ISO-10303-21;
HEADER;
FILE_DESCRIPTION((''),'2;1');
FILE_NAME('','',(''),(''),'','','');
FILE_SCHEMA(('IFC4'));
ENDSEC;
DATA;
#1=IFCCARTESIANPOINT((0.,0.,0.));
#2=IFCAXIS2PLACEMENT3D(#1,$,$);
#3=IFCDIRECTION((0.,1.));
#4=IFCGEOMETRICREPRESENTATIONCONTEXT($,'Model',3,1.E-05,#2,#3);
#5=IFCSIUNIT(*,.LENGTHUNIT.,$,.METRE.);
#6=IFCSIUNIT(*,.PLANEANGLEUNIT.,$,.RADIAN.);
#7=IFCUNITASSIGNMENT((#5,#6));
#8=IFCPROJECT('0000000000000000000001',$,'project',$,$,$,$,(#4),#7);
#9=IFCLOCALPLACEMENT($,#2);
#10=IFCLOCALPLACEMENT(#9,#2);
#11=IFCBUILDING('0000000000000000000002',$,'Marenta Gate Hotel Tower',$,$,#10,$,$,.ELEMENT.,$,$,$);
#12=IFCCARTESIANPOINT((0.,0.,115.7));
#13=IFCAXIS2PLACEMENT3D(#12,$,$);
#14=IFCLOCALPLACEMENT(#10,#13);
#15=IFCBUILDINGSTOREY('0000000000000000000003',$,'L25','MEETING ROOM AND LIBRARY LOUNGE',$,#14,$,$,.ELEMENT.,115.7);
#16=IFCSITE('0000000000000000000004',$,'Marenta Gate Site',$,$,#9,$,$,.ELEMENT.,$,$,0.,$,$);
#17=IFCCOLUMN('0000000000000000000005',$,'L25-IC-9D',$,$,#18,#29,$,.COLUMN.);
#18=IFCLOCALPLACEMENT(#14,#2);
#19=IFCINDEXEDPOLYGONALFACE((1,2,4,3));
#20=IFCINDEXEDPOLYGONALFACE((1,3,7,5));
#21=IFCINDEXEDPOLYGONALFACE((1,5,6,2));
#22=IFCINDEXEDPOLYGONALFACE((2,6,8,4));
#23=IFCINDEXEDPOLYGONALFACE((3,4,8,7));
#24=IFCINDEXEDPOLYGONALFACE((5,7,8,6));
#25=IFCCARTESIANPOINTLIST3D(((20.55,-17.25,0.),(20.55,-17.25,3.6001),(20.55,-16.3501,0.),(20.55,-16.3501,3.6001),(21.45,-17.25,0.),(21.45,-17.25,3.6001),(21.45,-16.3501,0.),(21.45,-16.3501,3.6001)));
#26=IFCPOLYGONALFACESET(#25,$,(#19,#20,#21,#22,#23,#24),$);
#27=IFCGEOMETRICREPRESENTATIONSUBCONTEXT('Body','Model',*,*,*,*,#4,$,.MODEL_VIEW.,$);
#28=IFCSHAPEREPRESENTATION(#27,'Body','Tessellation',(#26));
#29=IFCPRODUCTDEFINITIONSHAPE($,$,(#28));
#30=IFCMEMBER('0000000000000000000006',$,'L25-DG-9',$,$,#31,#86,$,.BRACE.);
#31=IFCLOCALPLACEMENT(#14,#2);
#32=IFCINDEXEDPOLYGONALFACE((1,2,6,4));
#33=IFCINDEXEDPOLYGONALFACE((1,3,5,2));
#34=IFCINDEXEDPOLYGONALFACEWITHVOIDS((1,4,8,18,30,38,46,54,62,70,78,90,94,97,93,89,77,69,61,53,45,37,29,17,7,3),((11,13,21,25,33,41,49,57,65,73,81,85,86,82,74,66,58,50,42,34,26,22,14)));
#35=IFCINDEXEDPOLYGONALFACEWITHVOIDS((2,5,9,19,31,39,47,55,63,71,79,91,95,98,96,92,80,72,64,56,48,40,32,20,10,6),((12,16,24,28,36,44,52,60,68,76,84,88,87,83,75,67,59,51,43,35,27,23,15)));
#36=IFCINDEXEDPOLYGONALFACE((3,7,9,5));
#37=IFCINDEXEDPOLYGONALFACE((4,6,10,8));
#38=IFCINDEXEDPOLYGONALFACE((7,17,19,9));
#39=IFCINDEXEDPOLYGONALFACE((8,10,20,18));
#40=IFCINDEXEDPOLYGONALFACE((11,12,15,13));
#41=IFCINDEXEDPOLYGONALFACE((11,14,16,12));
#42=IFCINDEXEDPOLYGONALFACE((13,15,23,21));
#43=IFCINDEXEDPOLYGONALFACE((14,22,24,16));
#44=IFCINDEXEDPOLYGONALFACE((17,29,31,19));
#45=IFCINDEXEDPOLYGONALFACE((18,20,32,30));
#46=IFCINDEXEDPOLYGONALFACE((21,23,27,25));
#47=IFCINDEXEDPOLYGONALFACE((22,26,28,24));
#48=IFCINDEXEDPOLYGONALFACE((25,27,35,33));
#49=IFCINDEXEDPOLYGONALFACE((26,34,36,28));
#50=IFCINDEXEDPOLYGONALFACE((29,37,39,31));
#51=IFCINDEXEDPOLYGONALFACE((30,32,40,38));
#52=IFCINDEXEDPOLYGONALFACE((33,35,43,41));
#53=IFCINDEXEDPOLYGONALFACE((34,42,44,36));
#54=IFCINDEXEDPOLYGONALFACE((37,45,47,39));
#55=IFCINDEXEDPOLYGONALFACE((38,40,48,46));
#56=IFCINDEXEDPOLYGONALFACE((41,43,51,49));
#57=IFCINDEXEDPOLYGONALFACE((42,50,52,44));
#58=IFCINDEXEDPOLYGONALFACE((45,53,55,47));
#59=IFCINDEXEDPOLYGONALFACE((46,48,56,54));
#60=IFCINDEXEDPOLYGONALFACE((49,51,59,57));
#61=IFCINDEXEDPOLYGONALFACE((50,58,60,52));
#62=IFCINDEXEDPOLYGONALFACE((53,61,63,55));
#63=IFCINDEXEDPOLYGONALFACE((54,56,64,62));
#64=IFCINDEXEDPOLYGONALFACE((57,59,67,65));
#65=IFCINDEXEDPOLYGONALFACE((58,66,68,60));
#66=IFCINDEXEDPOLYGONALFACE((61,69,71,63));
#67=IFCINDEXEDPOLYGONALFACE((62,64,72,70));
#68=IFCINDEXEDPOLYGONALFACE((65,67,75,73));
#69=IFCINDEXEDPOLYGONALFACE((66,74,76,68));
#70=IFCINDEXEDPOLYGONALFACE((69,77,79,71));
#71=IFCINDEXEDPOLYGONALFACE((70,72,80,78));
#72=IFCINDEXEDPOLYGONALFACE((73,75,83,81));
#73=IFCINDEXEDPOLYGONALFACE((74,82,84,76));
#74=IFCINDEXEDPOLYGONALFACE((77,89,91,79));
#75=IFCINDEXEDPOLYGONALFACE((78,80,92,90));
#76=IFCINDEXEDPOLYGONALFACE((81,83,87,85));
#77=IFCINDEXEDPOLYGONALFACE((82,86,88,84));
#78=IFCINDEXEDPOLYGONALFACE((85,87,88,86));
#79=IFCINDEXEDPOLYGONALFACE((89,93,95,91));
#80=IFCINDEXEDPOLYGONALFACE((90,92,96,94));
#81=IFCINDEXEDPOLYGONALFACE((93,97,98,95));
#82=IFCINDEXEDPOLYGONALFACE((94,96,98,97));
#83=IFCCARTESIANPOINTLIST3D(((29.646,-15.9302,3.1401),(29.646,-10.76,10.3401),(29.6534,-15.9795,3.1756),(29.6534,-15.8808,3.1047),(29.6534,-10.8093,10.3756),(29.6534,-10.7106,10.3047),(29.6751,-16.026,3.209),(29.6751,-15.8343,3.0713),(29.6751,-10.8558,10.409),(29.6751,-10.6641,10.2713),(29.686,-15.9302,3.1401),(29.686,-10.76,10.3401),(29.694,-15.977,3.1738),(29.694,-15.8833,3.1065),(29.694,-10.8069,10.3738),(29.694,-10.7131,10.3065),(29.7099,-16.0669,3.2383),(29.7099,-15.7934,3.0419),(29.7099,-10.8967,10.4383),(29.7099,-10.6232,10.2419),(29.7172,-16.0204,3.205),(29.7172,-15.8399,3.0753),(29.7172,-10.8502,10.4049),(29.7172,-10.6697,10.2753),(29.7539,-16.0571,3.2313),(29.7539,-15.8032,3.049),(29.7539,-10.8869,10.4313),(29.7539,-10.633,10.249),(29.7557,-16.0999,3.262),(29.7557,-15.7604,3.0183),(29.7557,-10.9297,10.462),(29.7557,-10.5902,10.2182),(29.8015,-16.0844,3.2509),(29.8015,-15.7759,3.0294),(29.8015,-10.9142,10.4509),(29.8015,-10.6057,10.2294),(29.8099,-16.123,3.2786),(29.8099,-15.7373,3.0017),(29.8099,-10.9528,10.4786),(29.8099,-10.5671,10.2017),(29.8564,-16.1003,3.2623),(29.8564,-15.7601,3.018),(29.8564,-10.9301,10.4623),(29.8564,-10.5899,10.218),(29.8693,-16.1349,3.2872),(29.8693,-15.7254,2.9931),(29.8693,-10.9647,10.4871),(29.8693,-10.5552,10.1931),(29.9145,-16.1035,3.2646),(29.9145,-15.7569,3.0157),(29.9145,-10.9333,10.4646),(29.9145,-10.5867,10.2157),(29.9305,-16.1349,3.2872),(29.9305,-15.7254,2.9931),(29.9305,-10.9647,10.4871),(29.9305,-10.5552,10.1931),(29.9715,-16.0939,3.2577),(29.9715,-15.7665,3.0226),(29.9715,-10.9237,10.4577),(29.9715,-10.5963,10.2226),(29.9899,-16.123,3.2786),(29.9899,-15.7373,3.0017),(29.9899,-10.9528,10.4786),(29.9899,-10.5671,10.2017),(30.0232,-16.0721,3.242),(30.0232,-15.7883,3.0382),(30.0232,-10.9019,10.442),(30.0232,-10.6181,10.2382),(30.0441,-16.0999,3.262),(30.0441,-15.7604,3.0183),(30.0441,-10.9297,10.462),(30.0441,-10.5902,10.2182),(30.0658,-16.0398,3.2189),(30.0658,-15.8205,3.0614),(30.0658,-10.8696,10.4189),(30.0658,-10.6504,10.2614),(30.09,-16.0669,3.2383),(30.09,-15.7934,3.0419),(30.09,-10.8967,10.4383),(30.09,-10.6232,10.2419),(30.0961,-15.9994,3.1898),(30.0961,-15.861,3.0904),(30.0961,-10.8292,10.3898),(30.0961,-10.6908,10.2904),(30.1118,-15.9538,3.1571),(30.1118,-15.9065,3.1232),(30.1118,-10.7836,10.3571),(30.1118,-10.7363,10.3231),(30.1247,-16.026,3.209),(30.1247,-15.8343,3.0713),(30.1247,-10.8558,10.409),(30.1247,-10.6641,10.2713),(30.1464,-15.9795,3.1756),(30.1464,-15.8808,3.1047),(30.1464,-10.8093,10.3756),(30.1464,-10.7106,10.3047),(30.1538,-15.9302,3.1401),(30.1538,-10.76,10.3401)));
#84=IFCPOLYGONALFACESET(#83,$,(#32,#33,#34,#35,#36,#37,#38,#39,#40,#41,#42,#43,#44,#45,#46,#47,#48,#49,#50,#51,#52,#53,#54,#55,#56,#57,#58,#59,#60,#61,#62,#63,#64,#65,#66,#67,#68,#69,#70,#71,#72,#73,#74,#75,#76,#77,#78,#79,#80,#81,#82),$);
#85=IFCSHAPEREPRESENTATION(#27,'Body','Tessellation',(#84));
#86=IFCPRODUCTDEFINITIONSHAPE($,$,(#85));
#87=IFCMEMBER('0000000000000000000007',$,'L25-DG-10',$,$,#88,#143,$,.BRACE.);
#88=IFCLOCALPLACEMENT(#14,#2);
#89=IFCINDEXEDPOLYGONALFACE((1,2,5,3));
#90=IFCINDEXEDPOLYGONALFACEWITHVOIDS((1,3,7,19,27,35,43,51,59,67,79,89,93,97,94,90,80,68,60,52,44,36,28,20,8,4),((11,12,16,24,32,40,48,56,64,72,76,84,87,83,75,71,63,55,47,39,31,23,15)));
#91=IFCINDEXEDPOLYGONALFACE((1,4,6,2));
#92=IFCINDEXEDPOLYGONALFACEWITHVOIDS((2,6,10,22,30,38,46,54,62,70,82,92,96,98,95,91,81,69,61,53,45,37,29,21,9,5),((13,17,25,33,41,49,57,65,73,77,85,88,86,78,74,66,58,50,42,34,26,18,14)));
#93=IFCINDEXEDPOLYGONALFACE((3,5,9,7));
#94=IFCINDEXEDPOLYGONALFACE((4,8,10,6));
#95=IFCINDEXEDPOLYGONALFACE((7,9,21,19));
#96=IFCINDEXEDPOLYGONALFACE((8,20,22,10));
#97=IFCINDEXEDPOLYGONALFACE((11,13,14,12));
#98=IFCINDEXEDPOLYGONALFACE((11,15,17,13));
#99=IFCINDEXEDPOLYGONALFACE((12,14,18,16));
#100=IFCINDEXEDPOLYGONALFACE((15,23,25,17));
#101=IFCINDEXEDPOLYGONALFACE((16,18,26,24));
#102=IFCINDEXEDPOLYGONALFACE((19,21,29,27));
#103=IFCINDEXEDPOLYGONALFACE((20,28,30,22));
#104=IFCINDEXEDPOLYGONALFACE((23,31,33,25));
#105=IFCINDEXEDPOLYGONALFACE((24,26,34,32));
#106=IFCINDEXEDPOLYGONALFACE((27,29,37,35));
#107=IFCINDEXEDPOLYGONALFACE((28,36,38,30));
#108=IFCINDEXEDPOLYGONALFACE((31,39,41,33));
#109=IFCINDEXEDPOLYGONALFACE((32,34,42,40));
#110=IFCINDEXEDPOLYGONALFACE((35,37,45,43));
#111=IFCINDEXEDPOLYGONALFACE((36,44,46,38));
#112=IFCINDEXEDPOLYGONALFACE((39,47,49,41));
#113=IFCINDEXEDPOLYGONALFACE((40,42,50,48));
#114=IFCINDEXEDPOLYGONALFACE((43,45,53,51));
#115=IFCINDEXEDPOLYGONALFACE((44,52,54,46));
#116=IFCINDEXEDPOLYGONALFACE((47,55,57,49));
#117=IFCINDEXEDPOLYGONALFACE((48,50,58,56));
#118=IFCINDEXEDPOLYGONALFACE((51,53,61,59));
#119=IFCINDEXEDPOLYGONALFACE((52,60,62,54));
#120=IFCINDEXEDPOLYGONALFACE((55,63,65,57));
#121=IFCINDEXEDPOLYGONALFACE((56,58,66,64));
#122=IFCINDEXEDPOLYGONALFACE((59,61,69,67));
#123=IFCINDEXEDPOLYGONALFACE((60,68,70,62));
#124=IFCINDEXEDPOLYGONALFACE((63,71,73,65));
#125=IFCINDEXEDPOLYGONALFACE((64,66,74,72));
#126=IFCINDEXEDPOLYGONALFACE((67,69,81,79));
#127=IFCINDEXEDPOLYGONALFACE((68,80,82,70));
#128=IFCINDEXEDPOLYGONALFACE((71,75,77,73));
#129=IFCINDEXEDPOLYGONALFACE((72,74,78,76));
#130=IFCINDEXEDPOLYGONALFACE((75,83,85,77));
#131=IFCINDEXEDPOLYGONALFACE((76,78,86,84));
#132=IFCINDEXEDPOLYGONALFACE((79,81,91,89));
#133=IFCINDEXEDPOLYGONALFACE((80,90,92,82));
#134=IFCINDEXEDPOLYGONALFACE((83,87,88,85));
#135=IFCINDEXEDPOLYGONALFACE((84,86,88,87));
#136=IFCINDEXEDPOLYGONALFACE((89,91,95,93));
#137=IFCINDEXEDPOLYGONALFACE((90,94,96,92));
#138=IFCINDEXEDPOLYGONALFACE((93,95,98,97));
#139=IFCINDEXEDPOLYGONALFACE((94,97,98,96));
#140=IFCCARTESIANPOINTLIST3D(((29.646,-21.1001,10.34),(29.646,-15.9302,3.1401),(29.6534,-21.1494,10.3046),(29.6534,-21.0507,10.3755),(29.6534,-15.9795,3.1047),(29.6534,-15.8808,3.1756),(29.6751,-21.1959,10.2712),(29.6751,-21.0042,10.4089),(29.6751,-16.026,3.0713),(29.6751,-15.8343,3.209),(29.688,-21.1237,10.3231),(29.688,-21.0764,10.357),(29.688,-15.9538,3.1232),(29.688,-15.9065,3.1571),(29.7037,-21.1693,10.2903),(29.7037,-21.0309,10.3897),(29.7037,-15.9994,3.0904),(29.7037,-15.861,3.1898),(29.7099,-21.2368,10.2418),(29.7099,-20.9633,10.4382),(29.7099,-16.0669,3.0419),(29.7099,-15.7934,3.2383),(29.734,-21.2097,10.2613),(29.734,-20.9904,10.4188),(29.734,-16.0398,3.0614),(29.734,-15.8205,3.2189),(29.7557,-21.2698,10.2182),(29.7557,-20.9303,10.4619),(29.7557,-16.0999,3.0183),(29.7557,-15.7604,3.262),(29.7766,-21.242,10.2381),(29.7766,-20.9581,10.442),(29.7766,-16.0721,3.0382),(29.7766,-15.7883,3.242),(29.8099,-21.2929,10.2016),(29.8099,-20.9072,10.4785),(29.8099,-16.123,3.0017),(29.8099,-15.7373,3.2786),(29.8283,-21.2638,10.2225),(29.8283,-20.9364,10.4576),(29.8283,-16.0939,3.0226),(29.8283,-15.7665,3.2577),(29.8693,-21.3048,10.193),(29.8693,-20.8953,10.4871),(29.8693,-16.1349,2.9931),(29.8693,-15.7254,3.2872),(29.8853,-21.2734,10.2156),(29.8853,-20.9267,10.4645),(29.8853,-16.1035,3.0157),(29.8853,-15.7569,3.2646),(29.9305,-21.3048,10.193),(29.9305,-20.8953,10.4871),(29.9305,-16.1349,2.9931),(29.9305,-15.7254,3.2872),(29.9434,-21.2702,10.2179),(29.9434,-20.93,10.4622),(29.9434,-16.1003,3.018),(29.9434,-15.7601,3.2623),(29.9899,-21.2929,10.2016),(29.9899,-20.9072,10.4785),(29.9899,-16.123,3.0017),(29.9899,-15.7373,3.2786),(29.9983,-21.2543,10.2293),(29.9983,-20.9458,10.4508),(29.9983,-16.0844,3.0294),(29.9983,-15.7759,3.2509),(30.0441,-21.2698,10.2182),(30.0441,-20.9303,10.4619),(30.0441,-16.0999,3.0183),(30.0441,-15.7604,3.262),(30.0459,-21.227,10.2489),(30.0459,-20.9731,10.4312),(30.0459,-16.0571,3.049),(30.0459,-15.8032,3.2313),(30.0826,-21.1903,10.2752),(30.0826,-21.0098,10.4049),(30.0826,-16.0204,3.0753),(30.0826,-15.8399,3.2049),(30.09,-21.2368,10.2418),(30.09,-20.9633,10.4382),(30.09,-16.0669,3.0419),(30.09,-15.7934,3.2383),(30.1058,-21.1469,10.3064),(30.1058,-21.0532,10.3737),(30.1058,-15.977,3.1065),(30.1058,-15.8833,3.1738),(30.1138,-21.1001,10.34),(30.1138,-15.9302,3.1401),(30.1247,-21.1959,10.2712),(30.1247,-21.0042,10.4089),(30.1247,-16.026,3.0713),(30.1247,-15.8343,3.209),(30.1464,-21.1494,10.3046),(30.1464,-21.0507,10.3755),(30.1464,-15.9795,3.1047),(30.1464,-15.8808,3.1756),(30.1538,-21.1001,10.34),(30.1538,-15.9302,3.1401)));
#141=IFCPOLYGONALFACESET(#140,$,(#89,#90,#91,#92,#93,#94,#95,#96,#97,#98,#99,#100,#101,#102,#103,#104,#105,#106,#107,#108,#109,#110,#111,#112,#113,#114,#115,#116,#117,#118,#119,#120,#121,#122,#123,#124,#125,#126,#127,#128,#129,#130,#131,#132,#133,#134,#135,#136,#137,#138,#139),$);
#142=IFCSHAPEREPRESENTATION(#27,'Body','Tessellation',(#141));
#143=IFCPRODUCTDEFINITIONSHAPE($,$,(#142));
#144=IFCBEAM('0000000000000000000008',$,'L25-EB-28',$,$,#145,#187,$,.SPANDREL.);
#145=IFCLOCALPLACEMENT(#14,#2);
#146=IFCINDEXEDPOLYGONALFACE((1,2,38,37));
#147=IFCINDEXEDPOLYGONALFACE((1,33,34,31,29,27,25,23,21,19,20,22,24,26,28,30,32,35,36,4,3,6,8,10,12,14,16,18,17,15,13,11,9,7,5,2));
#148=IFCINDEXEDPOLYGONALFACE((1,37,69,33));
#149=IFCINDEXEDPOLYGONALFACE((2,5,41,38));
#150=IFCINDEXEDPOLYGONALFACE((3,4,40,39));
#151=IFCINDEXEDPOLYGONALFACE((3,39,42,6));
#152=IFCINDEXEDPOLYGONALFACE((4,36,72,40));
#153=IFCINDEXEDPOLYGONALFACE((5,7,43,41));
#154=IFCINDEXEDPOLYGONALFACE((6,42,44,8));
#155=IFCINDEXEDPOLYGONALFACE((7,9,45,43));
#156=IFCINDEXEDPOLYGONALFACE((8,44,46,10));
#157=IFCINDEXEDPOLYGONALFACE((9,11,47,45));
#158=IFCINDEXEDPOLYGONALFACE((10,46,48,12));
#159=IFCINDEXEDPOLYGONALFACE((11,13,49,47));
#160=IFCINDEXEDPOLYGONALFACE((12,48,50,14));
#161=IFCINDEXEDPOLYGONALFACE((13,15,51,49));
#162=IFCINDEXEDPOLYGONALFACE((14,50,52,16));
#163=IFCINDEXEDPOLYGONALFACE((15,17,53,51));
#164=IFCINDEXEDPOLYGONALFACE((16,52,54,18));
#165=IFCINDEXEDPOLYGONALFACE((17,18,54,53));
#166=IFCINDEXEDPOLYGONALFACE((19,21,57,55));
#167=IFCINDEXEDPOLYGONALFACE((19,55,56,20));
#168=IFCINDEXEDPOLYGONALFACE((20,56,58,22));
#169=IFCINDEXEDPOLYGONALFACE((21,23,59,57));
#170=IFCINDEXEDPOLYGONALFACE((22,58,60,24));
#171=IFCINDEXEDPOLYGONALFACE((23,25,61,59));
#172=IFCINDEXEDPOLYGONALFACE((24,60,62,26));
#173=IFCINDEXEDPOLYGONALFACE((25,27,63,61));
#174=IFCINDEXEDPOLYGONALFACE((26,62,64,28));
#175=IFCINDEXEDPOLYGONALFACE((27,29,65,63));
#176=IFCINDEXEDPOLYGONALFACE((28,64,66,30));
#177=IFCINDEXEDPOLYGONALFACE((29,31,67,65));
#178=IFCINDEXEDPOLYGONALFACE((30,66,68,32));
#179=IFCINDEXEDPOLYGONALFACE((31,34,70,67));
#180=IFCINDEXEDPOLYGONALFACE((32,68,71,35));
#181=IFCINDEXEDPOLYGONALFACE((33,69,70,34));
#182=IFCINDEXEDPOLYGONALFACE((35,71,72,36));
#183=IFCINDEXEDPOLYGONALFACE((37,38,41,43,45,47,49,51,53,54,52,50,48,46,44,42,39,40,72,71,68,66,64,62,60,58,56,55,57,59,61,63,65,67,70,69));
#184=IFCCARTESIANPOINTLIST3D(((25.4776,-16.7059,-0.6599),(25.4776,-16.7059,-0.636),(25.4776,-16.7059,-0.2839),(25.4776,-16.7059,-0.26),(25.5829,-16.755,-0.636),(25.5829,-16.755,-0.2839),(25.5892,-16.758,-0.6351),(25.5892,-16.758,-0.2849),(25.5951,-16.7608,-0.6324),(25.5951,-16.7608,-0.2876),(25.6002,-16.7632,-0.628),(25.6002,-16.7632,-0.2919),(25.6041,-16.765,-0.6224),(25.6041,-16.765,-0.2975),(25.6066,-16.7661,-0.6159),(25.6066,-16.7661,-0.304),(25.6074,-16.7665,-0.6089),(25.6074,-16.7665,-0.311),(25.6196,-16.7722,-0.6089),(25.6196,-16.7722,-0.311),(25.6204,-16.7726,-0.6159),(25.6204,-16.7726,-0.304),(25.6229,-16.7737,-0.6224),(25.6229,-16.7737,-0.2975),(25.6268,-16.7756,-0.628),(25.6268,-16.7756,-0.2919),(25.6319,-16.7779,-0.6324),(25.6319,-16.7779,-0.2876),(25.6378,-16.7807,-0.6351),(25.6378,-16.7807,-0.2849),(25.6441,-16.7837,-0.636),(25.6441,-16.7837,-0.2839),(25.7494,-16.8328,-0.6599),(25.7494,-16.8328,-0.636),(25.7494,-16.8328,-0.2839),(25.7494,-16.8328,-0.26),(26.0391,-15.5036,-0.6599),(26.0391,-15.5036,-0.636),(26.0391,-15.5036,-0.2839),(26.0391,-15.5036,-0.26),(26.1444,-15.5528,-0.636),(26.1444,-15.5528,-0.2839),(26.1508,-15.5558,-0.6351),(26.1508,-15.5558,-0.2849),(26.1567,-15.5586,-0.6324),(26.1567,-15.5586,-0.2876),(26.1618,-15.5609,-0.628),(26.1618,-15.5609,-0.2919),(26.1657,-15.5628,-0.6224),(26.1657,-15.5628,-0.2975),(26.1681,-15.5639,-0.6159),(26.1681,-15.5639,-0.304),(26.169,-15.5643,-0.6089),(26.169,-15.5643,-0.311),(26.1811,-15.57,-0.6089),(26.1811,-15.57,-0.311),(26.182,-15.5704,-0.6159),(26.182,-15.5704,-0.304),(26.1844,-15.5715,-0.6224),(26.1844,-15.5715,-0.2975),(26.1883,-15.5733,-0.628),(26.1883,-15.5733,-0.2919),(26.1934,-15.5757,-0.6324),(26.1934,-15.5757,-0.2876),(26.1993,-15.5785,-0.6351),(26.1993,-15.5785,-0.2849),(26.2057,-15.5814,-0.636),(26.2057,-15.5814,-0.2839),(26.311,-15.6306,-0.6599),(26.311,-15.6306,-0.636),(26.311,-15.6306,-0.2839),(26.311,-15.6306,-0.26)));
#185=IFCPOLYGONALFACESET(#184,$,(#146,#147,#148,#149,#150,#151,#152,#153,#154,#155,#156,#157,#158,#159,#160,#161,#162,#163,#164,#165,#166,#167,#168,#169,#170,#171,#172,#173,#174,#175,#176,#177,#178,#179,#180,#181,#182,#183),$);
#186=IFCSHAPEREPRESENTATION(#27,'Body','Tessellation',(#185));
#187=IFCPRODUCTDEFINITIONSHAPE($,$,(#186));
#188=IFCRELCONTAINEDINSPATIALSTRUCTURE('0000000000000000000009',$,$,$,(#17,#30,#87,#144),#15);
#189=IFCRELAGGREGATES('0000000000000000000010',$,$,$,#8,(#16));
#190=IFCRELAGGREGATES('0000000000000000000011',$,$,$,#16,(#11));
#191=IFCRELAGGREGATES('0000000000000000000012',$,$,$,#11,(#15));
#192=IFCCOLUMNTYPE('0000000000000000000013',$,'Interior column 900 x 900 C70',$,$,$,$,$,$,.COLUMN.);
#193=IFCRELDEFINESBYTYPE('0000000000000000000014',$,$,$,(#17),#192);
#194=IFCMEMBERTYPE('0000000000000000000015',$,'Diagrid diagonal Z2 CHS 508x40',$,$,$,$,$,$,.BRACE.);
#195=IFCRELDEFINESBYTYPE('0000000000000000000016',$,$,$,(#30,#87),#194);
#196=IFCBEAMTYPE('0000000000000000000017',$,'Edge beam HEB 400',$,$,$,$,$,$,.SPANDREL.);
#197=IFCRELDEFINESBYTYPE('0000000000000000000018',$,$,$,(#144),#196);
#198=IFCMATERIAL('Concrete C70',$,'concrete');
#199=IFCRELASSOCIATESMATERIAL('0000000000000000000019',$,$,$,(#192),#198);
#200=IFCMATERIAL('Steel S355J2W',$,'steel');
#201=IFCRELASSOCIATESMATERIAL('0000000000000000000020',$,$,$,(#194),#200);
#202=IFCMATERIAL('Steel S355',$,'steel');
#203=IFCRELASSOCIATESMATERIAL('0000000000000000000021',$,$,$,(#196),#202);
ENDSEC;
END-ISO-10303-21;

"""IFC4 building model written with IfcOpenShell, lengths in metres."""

from ifc_helpers import new_model, si_unit, direction, frame, origin, origin_2d, place, context, subcontext, project, spatial, rectangle, hollow_circle, i_section, extrude, material, material_profile, profile_set, type_object, element, save


model = new_model("IFC4")

# Units and contexts
model_context = context("Model", 3, precision=1e-05, world=origin(), true_north=direction((0.0, 1.0)))
body_context = subcontext(model_context, "Body", "Model", "MODEL_VIEW")
ifc_project = project(units=[si_unit("LENGTHUNIT", "METRE"), si_unit("PLANEANGLEUNIT", "RADIAN")], contexts=[model_context])

# Site, building, storey
site_placement = place(None, origin())
site = spatial("IfcSite", under=ifc_project, at=site_placement, Name="Marenta Gate Site", CompositionType="ELEMENT", RefElevation=0.0)
building_placement = place(site_placement, origin())
building = spatial("IfcBuilding", under=site, at=building_placement, Name="Marenta Gate Hotel Tower", CompositionType="ELEMENT")
storey_placement = place(building_placement, frame((0.0, 0.0, 115.7)))
storey = spatial("IfcBuildingStorey", under=building, at=storey_placement, Name="L25", Description="MEETING ROOM AND LIBRARY LOUNGE", CompositionType="ELEMENT", Elevation=115.7)

# Column
ifc_material_1 = material(Name="Concrete C70", Category="concrete")
ifc_material_profile_1 = material_profile(ifc_material_1, rectangle(XDim=0.8999, YDim=0.8999, at=origin_2d()), Name="900 x 900")
ifc_profile_set_1 = profile_set([ifc_material_profile_1], Name="Concrete C70")
column_type = type_object("IfcColumnType", Name="Interior column 900 x 900 C70", PredefinedType="COLUMN", material=ifc_profile_set_1)
column_placement = place(storey_placement, frame((21.0, -16.8, 0.0), z_axis=(0.0, 0.0, 1.0), x_axis=(1.0, 0.0, 0.0)))
element("IfcColumn", 1, at=column_placement, inside=storey, type_object=column_type, Name="L25-IC-9D", PredefinedType="COLUMN", context=body_context, shape_type="SweptSolid", body=[
    extrude(rectangle(XDim=0.8999, YDim=0.8999, at=origin_2d()), origin(), (0.0, 0.0, 1.0), 3.6001),
])

# Members
ifc_material_2 = material(Name="Steel S355J2W", Category="steel")
ifc_material_profile_2 = material_profile(ifc_material_2, hollow_circle(Radius=0.2539, WallThickness=0.04, at=origin_2d()), Name="CHS 508x40")
ifc_profile_set_2 = profile_set([ifc_material_profile_2], Name="Steel S355J2W")
member_type_1 = type_object("IfcMemberType", Name="Diagrid diagonal Z2 CHS 508x40", PredefinedType="BRACE", material=ifc_profile_set_2)
member_1_placement = place(storey_placement, frame((29.8999, -15.9302, 3.1401), z_axis=(0.0, 0.583279, 0.812272), x_axis=(-1.0, 0.0, 0.0)))
element("IfcMember", 2, at=member_1_placement, inside=storey, type_object=member_type_1, Name="L25-DG-9", PredefinedType="BRACE", context=body_context, shape_type="SweptSolid", body=[
    extrude(hollow_circle(Radius=0.2539, WallThickness=0.04, at=origin_2d()), origin(), (0.0, 0.0, 1.0), 8.864),
])
member_2_placement = place(storey_placement, frame((29.8999, -15.9302, 3.1401), z_axis=(0.0, -0.583261, 0.812285), x_axis=(1.0, 0.0, 0.0)))
element("IfcMember", 3, at=member_2_placement, inside=storey, type_object=member_type_1, Name="L25-DG-10", PredefinedType="BRACE", context=body_context, shape_type="SweptSolid", body=[
    extrude(hollow_circle(Radius=0.2539, WallThickness=0.04, at=origin_2d()), origin(), (0.0, 0.0, 1.0), 8.8638),
])

# Beam
ifc_material_3 = material(Name="Steel S355", Category="steel")
ifc_material_profile_3 = material_profile(ifc_material_3, i_section(OverallWidth=0.3, OverallDepth=0.3999, WebThickness=0.0134, FlangeThickness=0.0239, FilletRadius=0.0271, at=origin_2d()), Name="HEB 400")
ifc_profile_set_3 = profile_set([ifc_material_profile_3], Name="Steel S355")
beam_type_1 = type_object("IfcBeamType", Name="Edge beam HEB 400", PredefinedType="SPANDREL", material=ifc_profile_set_3)
beam_1_placement = place(storey_placement, frame((26.175, -15.5671, -0.46), z_axis=(-0.423208, -0.906033, 0.0), x_axis=(0.906033, -0.423208, 0.0)))
element("IfcBeam", 4, at=beam_1_placement, inside=storey, type_object=beam_type_1, Name="L25-EB-28", PredefinedType="SPANDREL", context=body_context, shape_type="SweptSolid", body=[
    extrude(i_section(OverallWidth=0.3, OverallDepth=0.3999, WebThickness=0.0134, FlangeThickness=0.0239, FilletRadius=0.0271, at=origin_2d()), origin(), (0.0, 0.0, 1.0), 1.3269),
])

save(model, "model.ifc")
